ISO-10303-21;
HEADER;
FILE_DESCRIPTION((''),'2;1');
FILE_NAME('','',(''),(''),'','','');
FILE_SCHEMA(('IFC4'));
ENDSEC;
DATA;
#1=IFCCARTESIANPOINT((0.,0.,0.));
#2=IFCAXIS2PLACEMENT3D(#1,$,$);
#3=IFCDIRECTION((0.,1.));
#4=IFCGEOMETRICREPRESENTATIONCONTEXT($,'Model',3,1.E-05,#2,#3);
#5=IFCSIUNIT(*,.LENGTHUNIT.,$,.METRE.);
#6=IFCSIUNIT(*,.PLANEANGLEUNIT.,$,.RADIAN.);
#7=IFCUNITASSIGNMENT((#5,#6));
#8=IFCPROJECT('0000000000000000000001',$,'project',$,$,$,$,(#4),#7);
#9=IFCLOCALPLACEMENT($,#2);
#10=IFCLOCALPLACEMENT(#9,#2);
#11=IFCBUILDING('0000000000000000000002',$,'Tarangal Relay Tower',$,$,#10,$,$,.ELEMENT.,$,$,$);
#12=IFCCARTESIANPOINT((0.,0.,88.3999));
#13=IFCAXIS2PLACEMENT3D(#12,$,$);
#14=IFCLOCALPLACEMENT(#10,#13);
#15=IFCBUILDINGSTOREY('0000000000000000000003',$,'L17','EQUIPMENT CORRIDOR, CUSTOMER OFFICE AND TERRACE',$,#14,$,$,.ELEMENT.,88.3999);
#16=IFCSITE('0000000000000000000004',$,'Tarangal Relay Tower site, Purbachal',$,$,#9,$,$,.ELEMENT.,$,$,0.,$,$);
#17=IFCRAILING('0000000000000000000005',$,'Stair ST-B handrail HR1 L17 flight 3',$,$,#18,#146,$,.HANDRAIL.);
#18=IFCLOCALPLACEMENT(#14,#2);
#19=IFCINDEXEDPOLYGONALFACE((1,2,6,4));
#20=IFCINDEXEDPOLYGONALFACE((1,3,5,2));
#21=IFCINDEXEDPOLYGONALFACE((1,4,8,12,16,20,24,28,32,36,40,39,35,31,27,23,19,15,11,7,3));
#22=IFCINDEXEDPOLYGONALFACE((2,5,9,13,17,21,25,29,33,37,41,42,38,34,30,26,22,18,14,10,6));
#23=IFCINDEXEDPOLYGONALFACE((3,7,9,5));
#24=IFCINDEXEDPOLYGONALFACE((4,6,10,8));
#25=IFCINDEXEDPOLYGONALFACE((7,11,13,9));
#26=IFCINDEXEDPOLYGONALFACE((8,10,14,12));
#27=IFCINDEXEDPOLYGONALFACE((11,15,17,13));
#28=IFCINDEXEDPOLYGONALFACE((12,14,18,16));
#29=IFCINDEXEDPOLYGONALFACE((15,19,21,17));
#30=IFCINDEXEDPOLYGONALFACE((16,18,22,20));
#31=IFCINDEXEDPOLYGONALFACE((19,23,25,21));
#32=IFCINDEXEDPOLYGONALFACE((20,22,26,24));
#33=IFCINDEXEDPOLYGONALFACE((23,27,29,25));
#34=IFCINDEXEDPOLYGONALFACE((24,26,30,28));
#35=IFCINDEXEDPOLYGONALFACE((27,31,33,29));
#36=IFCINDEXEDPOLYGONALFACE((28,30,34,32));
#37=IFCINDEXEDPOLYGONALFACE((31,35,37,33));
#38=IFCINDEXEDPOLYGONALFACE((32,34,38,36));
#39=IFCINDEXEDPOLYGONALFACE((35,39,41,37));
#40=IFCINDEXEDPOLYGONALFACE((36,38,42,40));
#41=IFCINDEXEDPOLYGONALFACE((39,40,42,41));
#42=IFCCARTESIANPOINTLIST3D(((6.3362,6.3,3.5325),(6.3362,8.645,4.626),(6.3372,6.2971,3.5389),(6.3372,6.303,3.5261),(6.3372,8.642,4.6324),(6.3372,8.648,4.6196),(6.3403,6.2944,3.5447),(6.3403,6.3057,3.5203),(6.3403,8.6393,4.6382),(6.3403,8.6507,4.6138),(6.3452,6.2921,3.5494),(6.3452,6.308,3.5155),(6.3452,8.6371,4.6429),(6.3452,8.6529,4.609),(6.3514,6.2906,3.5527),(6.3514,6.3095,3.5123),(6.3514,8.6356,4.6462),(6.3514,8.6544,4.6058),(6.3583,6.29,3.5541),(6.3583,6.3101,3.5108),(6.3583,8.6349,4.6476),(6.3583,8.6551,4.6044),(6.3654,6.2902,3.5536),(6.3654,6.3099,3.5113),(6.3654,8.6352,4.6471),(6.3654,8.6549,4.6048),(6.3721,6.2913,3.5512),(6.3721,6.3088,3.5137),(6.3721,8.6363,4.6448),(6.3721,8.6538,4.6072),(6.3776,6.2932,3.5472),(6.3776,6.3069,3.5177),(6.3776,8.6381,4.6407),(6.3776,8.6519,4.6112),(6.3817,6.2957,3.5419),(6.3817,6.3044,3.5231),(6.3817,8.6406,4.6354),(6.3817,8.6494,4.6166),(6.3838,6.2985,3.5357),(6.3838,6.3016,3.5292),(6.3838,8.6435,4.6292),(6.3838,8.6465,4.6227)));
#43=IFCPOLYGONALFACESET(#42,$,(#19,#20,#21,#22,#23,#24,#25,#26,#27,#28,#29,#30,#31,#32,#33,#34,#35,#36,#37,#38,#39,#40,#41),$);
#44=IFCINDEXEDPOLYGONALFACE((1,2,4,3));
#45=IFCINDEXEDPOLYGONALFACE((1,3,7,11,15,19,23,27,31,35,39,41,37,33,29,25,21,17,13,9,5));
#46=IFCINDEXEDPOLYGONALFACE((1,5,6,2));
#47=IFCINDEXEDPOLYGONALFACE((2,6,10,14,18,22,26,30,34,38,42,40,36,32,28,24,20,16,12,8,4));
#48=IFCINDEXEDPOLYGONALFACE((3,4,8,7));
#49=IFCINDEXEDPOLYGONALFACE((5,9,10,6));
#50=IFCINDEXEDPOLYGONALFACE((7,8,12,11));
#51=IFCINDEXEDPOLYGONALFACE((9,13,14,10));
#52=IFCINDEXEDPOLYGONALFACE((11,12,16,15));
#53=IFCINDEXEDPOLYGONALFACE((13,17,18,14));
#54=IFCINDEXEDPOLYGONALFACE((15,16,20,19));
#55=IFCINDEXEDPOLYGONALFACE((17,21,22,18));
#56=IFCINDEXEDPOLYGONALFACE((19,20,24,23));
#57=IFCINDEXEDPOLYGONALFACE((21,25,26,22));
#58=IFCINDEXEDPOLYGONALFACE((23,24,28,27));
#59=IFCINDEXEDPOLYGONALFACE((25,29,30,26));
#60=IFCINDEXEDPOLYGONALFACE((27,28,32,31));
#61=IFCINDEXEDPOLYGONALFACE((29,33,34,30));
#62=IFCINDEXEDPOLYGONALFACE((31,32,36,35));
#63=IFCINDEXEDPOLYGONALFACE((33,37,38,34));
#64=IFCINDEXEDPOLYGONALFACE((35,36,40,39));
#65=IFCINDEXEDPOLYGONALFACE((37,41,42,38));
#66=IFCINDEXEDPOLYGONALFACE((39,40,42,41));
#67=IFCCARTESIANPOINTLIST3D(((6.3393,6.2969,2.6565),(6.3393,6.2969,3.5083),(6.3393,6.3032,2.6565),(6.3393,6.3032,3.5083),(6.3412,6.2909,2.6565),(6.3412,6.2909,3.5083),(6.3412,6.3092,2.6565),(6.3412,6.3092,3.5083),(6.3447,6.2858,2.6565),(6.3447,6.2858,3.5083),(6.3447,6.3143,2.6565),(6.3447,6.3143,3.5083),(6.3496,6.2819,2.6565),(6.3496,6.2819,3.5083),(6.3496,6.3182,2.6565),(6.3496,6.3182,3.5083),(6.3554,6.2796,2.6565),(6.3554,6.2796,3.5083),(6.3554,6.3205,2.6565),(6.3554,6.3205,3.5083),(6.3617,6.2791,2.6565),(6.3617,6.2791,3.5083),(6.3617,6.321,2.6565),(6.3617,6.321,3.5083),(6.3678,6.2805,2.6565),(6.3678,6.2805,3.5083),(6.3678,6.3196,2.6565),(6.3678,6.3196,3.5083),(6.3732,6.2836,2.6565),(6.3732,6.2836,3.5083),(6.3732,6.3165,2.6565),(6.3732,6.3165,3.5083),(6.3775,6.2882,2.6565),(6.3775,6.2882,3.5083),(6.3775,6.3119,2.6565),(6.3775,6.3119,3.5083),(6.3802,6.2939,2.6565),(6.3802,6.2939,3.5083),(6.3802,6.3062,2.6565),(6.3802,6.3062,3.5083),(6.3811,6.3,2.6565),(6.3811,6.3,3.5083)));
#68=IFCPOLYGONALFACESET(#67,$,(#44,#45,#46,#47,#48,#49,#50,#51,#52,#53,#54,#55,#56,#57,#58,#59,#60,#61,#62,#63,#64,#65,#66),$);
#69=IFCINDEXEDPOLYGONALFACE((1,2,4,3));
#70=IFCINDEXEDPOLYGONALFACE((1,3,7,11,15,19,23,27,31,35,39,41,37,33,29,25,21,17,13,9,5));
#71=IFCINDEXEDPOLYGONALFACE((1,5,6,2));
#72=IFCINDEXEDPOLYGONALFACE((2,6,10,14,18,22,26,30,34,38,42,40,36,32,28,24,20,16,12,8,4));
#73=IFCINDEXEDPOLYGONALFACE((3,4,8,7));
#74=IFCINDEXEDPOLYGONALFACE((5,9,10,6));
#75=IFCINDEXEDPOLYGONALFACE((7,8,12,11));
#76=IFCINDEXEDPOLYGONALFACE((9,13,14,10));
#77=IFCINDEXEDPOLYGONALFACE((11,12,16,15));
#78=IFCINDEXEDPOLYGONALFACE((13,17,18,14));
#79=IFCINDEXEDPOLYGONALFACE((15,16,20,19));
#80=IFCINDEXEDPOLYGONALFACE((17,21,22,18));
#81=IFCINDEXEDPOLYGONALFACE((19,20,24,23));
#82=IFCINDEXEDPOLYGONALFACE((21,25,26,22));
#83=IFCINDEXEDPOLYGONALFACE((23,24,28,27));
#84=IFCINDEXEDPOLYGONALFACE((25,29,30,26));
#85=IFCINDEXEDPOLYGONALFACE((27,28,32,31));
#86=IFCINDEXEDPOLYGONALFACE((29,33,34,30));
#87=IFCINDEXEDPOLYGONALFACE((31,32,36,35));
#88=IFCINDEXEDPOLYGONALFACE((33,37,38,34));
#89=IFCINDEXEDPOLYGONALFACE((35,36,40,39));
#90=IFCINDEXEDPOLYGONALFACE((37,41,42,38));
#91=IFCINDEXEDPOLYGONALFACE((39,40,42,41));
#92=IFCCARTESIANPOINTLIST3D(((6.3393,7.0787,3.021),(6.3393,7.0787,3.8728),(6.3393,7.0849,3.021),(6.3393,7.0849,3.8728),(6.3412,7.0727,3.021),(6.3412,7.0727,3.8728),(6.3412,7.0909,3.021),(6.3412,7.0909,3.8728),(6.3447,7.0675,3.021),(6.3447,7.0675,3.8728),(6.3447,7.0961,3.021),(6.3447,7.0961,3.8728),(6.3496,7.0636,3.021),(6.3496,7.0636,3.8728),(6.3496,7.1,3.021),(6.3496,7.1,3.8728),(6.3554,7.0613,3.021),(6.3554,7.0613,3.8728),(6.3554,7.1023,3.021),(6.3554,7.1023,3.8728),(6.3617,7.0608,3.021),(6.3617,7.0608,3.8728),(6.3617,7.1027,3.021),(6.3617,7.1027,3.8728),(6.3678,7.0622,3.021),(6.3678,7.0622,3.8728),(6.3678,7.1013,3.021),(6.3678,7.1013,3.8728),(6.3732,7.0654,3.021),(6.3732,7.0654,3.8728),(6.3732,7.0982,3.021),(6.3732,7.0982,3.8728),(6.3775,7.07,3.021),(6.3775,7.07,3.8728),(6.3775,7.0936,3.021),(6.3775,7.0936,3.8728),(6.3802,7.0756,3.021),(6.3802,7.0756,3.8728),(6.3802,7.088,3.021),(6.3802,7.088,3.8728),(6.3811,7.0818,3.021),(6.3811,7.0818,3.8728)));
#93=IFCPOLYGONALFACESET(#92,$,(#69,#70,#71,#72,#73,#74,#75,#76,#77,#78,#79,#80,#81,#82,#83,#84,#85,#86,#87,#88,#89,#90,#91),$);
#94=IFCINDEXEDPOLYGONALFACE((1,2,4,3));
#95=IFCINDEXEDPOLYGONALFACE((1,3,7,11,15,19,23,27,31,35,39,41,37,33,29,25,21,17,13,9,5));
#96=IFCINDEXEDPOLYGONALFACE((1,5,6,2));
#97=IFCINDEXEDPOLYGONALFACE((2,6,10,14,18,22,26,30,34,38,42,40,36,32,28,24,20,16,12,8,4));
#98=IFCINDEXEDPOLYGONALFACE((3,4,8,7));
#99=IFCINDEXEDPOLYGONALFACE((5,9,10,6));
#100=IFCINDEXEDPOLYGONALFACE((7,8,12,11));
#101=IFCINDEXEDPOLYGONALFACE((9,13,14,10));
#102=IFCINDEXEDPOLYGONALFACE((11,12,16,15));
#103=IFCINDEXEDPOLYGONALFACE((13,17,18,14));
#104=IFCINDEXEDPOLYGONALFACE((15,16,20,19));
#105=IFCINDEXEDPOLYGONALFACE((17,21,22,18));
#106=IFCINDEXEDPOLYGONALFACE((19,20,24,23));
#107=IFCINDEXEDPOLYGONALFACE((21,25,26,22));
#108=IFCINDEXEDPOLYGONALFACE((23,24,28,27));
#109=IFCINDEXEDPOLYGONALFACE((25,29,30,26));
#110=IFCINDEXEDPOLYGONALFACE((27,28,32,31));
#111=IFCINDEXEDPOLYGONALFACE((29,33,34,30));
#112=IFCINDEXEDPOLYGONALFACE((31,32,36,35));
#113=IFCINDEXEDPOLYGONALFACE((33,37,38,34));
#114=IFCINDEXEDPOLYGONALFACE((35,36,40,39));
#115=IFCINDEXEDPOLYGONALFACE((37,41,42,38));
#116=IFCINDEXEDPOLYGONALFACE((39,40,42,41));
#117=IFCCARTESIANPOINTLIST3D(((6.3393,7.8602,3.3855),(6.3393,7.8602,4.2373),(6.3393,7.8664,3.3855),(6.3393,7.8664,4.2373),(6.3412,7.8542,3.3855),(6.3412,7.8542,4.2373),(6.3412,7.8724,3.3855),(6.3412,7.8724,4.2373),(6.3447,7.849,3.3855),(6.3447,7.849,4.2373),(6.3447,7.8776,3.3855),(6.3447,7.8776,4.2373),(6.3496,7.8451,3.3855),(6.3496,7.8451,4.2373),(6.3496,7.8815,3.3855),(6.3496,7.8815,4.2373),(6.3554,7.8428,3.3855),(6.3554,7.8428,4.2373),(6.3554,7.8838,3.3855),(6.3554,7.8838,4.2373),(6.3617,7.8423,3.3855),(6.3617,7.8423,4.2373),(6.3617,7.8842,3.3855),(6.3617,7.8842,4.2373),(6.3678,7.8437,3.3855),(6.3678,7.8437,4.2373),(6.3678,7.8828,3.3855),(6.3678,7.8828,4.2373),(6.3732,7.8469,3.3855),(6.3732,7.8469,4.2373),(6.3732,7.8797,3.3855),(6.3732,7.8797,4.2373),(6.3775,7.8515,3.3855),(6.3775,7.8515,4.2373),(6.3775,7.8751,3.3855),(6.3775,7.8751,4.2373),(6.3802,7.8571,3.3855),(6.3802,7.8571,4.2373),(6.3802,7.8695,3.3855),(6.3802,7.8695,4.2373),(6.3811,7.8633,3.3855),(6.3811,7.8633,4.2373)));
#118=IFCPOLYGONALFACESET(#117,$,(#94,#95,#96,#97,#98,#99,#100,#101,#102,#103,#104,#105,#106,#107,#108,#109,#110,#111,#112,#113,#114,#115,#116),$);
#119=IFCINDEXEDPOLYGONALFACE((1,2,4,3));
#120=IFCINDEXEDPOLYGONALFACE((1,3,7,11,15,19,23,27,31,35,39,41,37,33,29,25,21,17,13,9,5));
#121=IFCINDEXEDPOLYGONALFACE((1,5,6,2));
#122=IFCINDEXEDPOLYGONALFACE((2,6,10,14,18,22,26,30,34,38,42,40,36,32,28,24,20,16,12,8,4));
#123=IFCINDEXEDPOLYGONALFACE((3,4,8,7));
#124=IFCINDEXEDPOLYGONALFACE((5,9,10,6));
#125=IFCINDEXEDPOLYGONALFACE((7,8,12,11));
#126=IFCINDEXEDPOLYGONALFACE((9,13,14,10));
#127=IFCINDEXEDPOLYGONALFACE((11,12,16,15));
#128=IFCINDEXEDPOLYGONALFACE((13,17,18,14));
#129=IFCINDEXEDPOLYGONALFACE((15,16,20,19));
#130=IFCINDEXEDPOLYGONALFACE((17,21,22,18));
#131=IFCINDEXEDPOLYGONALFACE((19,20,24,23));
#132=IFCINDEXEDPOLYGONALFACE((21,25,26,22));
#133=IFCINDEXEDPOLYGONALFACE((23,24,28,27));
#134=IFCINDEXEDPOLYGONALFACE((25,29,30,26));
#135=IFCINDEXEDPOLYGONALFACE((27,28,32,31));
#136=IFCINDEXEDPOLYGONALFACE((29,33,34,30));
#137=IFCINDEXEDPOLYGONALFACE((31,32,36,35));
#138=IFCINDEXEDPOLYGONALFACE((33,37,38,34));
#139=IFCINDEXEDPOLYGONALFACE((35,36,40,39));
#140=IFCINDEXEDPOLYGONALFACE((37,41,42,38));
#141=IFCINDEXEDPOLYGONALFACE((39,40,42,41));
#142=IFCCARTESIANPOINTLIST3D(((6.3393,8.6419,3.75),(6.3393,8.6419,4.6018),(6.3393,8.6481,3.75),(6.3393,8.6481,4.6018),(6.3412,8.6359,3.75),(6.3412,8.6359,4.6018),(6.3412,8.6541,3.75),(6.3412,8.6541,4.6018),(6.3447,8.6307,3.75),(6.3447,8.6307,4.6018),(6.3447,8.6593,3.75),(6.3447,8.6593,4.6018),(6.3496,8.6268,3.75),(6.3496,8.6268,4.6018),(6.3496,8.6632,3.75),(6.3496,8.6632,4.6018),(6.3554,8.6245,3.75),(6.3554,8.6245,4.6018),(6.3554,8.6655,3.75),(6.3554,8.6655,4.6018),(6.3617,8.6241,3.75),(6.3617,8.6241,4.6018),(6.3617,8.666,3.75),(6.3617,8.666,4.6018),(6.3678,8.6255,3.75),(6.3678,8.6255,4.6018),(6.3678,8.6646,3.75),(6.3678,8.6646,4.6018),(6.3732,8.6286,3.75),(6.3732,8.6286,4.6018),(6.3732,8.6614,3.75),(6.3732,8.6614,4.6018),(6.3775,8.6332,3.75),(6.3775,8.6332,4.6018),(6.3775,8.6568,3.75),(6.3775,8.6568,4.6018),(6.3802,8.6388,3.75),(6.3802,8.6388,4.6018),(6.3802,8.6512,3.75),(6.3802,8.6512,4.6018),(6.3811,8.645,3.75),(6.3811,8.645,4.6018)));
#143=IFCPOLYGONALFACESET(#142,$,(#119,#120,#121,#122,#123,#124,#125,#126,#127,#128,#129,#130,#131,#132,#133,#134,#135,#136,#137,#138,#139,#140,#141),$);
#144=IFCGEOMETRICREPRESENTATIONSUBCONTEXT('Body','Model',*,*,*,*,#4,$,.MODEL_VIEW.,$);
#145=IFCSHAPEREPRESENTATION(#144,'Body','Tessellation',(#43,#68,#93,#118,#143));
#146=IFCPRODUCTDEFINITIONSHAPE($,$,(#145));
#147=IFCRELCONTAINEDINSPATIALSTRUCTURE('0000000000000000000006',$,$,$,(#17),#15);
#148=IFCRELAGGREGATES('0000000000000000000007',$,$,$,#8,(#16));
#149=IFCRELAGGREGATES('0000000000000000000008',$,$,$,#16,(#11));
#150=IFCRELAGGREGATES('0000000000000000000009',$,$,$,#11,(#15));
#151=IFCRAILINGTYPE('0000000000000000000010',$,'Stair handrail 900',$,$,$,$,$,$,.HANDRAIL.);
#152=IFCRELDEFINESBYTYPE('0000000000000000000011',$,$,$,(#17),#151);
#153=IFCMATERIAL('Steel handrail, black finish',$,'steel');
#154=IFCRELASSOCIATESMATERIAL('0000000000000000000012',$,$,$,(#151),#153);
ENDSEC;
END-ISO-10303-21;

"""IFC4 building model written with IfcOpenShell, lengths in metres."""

from ifc_helpers import new_model, si_unit, direction, frame, origin, origin_2d, place, context, subcontext, project, spatial, circle, extrude, material, type_object, element, save


model = new_model("IFC4")

# Units and contexts
model_context = context("Model", 3, precision=1e-05, world=origin(), true_north=direction((0.0, 1.0)))
body_context = subcontext(model_context, "Body", "Model", "MODEL_VIEW")
ifc_project = project(units=[si_unit("LENGTHUNIT", "METRE"), si_unit("PLANEANGLEUNIT", "RADIAN")], contexts=[model_context])

# Site, building, storey
site_placement = place(None, origin())
site = spatial("IfcSite", under=ifc_project, at=site_placement, Name="Tarangal Relay Tower site, Purbachal", CompositionType="ELEMENT", RefElevation=0.0)
building_placement = place(site_placement, origin())
building = spatial("IfcBuilding", under=site, at=building_placement, Name="Tarangal Relay Tower", CompositionType="ELEMENT")
storey_placement = place(building_placement, frame((0.0, 0.0, 88.3999)))
storey = spatial("IfcBuildingStorey", under=building, at=storey_placement, Name="L17", Description="EQUIPMENT CORRIDOR, CUSTOMER OFFICE AND TERRACE", CompositionType="ELEMENT", Elevation=88.3999)

# Railing
ifc_material_1 = material(Name="Steel handrail, black finish", Category="steel")
railing_type_1 = type_object("IfcRailingType", Name="Stair handrail 900", PredefinedType="HANDRAIL", material=ifc_material_1)
for number, where, name in (
    (1, (6.3601, 6.3, 2.6565), "Stair ST-B handrail HR1 L17 flight 3"),
):
    element("IfcRailing", number, at=place(storey_placement, frame(where)), inside=storey, type_object=railing_type_1, Name=name, PredefinedType="HANDRAIL", context=body_context, shape_type="SweptSolid", body=[
        extrude(circle(Radius=0.0239, at=origin_2d()), frame((0.0, 0.0, 0.876), z_axis=(0.0, 0.906304, 0.422627), x_axis=(-1.0, 0.0, 0.0)), (0.0, 0.0, 1.0), 2.5874),
        extrude(circle(Radius=0.021, at=origin_2d()), origin(), (0.0, 0.0, 1.0), 0.8518),
        extrude(circle(Radius=0.021, at=origin_2d()), frame((0.0, 0.7817, 0.3645)), (0.0, 0.0, 1.0), 0.8518),
        extrude(circle(Radius=0.021, at=origin_2d()), frame((0.0, 1.5632, 0.729)), (0.0, 0.0, 1.0), 0.8518),
        extrude(circle(Radius=0.021, at=origin_2d()), frame((0.0, 2.345, 1.0935)), (0.0, 0.0, 1.0), 0.8518),
    ])

save(model, "model.ifc")
